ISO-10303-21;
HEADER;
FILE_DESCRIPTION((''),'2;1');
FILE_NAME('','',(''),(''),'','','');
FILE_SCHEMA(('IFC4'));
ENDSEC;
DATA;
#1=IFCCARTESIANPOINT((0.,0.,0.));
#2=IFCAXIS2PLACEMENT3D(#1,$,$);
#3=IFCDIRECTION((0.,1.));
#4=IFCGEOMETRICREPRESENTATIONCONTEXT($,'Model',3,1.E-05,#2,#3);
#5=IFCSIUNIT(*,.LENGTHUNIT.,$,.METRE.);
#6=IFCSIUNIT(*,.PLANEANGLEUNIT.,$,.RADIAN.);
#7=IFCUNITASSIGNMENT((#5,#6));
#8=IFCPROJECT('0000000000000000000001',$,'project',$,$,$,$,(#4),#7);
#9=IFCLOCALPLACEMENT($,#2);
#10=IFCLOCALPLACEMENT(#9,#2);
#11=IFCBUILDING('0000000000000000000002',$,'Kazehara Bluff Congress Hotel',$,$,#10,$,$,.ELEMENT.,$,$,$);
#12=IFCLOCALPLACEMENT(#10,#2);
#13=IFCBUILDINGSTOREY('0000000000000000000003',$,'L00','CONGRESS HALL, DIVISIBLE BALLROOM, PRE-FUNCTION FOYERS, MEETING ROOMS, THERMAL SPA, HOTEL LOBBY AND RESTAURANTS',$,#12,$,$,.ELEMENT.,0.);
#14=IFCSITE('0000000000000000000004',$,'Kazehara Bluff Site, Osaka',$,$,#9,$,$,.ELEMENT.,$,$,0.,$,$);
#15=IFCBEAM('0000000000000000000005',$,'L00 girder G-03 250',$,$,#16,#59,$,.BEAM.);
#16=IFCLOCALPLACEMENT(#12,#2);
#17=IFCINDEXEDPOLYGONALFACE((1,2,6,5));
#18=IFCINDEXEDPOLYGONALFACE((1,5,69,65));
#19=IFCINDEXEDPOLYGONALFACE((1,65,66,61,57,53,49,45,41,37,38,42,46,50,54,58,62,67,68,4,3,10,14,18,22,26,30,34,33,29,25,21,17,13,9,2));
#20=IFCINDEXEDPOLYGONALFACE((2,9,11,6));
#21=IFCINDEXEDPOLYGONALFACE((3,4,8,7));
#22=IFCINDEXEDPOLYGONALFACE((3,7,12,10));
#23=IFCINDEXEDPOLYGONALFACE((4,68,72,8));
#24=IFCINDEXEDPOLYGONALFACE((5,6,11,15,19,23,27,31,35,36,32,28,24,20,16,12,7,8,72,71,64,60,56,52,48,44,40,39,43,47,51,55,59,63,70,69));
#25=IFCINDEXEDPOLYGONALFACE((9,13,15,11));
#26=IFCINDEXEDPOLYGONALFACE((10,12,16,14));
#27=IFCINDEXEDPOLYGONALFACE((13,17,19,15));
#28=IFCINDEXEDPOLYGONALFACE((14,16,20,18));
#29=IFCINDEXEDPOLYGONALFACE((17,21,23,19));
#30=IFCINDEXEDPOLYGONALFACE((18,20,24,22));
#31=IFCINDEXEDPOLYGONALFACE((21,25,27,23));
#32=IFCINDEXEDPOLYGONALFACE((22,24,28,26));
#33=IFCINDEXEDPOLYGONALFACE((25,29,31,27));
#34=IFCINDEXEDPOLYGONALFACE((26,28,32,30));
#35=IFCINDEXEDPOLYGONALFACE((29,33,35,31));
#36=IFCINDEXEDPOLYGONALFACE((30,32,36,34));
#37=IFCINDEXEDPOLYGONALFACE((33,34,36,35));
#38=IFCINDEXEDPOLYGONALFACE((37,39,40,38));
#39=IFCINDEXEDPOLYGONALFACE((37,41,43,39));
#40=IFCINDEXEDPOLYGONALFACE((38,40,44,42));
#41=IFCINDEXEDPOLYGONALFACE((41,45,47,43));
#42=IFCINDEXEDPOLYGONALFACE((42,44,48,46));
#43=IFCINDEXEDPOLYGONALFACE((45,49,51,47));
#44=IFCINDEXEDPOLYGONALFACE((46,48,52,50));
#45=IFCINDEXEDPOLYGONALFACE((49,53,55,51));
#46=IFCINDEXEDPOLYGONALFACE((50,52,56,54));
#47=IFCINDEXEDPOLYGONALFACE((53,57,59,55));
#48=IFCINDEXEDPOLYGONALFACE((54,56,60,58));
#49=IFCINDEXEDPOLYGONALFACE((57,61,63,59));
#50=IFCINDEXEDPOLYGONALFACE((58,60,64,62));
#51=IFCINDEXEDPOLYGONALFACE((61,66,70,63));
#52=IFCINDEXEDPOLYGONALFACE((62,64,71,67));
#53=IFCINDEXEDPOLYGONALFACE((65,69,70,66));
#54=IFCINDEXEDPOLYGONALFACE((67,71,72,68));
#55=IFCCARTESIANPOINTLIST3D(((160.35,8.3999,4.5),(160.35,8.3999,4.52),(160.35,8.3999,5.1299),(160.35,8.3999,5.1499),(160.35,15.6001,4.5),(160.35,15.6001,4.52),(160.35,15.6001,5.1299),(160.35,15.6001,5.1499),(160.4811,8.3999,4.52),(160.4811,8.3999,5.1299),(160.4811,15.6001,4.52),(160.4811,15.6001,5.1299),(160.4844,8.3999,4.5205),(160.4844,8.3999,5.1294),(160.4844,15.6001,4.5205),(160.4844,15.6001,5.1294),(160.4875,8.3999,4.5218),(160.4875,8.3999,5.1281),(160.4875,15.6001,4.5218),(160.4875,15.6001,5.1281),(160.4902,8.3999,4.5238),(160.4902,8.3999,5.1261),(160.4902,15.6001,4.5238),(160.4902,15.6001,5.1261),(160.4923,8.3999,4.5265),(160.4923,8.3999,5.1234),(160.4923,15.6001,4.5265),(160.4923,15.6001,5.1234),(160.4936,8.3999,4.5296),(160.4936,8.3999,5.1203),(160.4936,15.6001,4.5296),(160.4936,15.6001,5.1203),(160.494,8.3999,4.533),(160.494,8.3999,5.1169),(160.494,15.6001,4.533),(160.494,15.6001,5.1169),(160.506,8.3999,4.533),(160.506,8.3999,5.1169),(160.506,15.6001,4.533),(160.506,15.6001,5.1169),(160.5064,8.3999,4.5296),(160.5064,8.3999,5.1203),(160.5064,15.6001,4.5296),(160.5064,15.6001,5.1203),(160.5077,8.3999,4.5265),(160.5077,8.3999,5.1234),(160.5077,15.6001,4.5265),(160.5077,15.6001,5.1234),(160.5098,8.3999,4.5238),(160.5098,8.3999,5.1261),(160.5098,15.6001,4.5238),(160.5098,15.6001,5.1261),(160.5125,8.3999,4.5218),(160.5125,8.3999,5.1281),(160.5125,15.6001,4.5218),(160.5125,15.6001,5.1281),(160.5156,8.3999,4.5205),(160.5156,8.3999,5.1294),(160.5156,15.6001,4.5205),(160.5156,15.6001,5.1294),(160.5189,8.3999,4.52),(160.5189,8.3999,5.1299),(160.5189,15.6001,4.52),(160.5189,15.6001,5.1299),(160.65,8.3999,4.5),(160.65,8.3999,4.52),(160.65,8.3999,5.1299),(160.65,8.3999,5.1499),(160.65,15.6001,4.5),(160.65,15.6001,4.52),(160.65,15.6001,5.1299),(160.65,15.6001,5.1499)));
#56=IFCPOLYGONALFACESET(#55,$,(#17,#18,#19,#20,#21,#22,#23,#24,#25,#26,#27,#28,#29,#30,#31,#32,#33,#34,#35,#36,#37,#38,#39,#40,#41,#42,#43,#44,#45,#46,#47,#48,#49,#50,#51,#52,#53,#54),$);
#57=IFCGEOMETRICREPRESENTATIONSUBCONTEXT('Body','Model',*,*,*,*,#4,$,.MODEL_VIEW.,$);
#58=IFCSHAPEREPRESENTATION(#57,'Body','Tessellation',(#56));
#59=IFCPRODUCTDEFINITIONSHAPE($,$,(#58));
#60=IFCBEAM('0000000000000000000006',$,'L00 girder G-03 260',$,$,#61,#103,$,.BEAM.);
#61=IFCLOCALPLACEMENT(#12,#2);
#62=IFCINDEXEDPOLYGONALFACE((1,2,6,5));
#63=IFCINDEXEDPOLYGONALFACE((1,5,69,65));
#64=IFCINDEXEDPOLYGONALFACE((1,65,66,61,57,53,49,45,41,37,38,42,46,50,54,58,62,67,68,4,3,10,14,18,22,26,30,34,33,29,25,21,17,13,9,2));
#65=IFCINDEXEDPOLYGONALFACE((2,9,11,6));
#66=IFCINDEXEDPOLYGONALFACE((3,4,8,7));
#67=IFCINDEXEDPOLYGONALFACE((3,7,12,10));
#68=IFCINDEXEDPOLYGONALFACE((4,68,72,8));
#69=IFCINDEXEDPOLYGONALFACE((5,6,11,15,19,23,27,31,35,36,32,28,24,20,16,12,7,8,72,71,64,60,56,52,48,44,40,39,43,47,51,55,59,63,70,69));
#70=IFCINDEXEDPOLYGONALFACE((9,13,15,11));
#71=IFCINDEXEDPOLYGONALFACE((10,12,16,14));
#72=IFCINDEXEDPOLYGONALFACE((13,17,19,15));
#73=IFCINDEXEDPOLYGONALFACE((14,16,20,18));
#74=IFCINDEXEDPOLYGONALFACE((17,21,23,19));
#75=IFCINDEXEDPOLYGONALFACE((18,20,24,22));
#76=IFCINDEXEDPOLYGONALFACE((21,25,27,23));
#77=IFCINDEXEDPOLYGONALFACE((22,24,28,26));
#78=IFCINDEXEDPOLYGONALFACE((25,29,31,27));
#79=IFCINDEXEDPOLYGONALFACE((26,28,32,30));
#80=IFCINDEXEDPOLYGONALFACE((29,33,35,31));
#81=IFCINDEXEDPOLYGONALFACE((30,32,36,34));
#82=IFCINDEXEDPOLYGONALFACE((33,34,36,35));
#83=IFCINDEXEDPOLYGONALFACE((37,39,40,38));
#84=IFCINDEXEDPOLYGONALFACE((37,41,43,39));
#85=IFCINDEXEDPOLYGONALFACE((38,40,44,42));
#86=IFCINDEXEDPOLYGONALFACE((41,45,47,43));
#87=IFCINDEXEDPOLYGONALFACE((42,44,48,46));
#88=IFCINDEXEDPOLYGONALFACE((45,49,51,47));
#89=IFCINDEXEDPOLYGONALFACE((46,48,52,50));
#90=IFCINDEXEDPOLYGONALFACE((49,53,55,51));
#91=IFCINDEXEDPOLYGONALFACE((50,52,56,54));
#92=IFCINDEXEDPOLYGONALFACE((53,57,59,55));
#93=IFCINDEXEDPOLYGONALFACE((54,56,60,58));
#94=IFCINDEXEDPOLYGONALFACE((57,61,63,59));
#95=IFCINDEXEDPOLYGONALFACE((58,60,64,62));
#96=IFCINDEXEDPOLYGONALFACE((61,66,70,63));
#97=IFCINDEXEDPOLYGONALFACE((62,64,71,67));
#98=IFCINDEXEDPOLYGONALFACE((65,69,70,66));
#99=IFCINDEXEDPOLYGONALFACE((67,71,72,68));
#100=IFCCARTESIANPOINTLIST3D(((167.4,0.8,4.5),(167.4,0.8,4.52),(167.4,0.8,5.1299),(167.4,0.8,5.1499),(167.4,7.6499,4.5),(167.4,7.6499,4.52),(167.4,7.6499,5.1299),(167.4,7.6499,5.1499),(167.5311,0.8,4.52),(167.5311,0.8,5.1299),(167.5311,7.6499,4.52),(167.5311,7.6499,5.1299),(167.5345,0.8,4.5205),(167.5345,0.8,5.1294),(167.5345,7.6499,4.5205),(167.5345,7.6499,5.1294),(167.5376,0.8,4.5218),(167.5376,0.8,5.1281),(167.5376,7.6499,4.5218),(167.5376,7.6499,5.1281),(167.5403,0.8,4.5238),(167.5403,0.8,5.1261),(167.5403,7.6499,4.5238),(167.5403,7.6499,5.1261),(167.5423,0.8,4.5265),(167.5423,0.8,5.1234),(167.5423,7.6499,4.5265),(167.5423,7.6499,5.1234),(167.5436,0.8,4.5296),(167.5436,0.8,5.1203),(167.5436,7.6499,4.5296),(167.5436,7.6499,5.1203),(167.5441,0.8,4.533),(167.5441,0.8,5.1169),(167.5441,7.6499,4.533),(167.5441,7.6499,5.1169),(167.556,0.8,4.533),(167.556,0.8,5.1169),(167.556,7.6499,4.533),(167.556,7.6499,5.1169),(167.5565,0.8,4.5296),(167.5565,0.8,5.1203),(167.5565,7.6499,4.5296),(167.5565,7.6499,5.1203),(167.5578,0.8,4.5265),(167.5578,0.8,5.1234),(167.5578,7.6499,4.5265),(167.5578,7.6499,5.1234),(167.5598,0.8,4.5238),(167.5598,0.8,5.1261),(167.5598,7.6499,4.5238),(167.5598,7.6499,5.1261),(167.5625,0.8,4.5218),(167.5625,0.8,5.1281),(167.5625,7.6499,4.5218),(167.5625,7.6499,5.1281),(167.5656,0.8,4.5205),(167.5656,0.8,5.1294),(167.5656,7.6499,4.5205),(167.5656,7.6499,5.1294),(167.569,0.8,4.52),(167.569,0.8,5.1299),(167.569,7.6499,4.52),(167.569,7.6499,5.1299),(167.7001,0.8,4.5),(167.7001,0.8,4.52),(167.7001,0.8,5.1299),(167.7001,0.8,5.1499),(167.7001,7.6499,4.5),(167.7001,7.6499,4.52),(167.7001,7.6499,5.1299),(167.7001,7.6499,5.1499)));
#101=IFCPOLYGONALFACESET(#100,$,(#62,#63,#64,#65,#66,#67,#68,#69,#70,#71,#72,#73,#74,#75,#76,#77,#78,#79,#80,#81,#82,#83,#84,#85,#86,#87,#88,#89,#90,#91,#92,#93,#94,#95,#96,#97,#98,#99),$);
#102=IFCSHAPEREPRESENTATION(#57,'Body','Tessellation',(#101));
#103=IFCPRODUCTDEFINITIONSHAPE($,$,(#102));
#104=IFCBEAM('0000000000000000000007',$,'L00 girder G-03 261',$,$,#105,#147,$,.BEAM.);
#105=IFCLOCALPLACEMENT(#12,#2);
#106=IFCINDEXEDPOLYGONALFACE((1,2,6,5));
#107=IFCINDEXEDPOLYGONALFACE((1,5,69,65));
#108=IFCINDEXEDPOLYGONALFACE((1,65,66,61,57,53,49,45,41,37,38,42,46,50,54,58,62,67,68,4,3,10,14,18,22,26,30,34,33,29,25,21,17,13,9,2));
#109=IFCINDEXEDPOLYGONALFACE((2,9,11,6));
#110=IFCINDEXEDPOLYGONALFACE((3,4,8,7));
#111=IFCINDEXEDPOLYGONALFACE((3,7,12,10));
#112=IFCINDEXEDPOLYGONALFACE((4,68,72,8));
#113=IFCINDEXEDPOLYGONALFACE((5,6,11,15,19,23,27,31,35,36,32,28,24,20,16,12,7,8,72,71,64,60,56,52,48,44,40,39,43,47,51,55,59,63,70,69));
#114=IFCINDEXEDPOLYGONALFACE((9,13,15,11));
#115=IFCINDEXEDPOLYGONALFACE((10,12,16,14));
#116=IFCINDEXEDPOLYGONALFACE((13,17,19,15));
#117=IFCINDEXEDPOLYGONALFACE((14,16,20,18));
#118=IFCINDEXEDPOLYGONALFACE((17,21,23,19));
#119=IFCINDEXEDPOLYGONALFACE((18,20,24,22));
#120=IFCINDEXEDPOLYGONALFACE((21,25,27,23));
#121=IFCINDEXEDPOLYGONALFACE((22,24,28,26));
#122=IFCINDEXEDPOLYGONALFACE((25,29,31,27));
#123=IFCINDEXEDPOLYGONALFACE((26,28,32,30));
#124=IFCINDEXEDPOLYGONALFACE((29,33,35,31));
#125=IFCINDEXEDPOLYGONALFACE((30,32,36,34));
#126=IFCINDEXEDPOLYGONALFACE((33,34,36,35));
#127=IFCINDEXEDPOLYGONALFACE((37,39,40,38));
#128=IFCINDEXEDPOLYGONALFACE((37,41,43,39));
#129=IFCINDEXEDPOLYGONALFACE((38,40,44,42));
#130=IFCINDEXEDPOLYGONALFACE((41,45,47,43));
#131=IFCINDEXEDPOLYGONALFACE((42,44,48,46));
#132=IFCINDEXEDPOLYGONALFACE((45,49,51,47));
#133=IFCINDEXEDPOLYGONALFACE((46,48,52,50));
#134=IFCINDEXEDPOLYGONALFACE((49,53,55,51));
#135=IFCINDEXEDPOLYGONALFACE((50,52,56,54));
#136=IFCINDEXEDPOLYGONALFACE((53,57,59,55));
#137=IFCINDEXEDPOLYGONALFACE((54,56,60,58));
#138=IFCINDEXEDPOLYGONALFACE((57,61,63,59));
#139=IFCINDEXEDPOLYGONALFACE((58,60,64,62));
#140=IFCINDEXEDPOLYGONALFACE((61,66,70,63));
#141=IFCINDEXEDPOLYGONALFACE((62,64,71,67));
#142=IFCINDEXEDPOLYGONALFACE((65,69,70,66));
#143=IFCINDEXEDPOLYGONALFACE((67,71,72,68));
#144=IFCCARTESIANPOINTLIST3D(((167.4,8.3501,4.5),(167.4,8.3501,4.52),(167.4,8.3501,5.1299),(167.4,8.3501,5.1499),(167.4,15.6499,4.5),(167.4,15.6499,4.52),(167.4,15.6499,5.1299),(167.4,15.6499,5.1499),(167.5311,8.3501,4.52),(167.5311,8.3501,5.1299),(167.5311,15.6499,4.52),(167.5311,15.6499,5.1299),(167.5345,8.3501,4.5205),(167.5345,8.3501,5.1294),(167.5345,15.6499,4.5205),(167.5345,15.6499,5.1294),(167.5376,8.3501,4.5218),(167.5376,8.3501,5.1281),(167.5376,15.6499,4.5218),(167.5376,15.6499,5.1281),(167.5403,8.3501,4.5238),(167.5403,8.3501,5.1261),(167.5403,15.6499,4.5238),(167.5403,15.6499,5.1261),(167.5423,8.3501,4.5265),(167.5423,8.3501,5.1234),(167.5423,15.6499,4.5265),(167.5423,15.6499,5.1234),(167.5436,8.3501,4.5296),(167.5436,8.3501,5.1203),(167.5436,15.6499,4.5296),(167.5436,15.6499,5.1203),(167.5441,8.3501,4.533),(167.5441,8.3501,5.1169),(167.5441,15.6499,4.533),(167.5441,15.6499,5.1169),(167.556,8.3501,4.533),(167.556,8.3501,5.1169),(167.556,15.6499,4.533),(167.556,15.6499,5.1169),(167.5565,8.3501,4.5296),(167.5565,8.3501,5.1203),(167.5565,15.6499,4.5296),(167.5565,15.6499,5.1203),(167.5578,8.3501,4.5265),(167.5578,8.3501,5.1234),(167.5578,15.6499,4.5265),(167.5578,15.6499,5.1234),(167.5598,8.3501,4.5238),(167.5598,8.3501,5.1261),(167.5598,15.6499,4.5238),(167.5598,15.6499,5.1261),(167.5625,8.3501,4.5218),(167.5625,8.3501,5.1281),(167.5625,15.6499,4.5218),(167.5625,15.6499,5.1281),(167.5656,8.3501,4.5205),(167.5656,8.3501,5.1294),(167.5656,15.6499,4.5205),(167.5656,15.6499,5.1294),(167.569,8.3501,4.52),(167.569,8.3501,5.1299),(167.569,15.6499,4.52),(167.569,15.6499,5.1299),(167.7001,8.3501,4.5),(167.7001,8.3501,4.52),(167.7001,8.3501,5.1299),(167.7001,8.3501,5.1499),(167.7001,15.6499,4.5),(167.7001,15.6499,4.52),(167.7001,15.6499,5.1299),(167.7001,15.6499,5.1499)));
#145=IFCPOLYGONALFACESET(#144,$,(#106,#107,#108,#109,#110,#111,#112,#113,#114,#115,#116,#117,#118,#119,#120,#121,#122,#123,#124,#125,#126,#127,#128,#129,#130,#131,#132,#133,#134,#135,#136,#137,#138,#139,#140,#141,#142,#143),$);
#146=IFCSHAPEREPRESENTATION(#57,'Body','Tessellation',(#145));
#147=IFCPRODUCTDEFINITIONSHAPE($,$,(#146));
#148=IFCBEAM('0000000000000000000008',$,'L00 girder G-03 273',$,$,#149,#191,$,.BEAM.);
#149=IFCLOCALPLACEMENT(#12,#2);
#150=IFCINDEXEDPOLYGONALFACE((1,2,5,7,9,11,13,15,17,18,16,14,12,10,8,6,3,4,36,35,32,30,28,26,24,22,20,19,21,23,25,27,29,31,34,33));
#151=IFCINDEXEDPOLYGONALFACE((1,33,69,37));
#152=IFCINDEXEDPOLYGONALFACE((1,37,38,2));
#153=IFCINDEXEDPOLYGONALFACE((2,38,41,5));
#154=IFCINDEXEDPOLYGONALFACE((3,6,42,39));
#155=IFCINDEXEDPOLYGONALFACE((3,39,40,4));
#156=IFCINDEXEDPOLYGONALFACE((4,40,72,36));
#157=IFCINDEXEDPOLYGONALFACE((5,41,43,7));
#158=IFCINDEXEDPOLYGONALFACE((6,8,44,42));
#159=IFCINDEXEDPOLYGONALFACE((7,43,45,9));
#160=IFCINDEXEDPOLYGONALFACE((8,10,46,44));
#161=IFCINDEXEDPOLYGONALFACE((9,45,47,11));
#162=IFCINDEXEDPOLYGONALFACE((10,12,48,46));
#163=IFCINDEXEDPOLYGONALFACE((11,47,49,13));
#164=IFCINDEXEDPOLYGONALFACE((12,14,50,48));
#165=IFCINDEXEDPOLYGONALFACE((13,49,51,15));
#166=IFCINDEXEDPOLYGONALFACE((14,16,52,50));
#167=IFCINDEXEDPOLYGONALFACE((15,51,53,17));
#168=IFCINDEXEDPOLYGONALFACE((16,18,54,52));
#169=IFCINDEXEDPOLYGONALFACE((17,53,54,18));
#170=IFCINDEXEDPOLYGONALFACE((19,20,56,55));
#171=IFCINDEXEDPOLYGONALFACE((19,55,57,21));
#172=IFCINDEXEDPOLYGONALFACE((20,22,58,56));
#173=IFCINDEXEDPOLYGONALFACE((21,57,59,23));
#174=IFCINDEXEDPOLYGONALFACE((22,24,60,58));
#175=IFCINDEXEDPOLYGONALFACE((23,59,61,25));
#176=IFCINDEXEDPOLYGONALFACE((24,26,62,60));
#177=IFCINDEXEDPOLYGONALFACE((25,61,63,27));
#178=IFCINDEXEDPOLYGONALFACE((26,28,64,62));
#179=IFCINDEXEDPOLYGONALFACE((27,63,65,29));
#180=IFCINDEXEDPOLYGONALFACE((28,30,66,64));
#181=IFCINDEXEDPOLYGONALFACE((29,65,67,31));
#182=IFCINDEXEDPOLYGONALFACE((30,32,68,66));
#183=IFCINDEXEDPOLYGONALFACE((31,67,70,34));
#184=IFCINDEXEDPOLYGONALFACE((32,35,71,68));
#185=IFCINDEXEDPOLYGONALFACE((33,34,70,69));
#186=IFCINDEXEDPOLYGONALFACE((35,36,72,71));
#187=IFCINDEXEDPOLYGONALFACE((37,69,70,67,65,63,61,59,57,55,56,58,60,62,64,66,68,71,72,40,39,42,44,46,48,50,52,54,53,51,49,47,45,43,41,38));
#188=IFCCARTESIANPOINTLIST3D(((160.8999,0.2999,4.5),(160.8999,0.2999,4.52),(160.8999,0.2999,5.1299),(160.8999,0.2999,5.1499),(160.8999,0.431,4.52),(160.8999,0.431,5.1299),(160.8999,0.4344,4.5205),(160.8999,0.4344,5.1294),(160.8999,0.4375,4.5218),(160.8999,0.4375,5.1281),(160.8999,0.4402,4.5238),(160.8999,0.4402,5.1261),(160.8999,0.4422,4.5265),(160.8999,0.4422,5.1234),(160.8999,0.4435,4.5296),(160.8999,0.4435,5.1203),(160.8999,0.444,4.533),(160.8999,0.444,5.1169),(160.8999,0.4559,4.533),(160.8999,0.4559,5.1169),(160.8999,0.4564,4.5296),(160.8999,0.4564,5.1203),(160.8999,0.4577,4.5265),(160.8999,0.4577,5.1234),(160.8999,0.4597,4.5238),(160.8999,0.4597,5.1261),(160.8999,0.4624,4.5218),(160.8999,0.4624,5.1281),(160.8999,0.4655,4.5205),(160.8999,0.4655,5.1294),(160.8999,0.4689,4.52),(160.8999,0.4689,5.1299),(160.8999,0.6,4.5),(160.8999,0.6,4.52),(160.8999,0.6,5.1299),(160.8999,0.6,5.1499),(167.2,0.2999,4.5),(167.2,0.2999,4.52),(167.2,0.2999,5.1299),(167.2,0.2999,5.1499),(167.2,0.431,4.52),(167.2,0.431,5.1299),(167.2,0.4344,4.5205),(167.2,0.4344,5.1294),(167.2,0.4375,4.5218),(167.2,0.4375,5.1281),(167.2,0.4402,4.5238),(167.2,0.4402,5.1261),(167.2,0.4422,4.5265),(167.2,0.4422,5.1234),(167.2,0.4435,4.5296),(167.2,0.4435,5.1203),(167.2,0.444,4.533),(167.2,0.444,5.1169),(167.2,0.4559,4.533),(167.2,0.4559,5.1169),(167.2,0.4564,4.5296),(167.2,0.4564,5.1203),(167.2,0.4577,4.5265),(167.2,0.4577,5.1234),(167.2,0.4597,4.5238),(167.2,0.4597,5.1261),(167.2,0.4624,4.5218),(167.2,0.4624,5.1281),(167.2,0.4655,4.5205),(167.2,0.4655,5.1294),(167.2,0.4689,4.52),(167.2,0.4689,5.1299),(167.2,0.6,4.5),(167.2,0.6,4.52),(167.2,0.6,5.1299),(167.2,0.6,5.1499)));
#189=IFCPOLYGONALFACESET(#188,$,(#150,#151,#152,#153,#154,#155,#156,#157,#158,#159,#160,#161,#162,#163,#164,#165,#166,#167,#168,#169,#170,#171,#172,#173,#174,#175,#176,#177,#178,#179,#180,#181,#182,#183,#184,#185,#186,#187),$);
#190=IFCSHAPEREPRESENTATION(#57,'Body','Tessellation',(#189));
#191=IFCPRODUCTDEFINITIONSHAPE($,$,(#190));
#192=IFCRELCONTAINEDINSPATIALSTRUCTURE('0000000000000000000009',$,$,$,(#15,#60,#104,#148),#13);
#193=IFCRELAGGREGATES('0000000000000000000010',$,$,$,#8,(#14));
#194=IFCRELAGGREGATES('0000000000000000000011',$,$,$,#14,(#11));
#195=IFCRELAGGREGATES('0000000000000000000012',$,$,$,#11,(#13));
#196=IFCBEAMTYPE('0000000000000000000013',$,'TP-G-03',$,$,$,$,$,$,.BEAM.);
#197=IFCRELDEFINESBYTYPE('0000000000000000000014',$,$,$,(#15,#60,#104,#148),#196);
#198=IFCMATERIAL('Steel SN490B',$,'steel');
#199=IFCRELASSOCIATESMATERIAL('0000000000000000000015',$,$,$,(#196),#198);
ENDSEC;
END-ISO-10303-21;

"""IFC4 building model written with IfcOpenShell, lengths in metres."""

from ifc_helpers import new_model, si_unit, direction, frame, origin, origin_2d, place, context, subcontext, project, spatial, i_section, extrude, material, material_profile, profile_set, type_object, element, save


model = new_model("IFC4")

# Units and contexts
model_context = context("Model", 3, precision=1e-05, world=origin(), true_north=direction((0.0, 1.0)))
body_context = subcontext(model_context, "Body", "Model", "MODEL_VIEW")
ifc_project = project(units=[si_unit("LENGTHUNIT", "METRE"), si_unit("PLANEANGLEUNIT", "RADIAN")], contexts=[model_context])

# Site, building, storey
site_placement = place(None, origin())
site = spatial("IfcSite", under=ifc_project, at=site_placement, Name="Kazehara Bluff Site, Osaka", CompositionType="ELEMENT", RefElevation=0.0)
building_placement = place(site_placement, origin())
building = spatial("IfcBuilding", under=site, at=building_placement, Name="Kazehara Bluff Congress Hotel", CompositionType="ELEMENT")
storey_placement = place(building_placement, origin())
storey = spatial("IfcBuildingStorey", under=building, at=storey_placement, Name="L00", Description="CONGRESS HALL, DIVISIBLE BALLROOM, PRE-FUNCTION FOYERS, MEETING ROOMS, THERMAL SPA, HOTEL LOBBY AND RESTAURANTS", CompositionType="ELEMENT", Elevation=0.0)

# Beams
ifc_material_1 = material(Name="Steel SN490B", Category="steel")
ifc_material_profile_1 = material_profile(ifc_material_1, i_section(OverallWidth=0.3, OverallDepth=0.6499, WebThickness=0.012, FlangeThickness=0.02, FilletRadius=0.0129, at=origin_2d()))
ifc_profile_set_1 = profile_set([ifc_material_profile_1], Name="Steel SN490B")
beam_type_1 = type_object("IfcBeamType", Name="TP-G-03", PredefinedType="BEAM", material=ifc_profile_set_1)
beam_1_placement = place(storey_placement, frame((160.5, 8.3999, 4.825), z_axis=(0.0, 1.0, 0.0), x_axis=(-1.0, 0.0, 0.0)))
element("IfcBeam", 1, at=beam_1_placement, inside=storey, type_object=beam_type_1, Name="L00 girder G-03 250", PredefinedType="BEAM", context=body_context, shape_type="SweptSolid", body=[
    extrude(i_section(OverallWidth=0.3, OverallDepth=0.6499, WebThickness=0.012, FlangeThickness=0.02, FilletRadius=0.0129, at=origin_2d()), origin(), (0.0, 0.0, 1.0), 7.2002),
])
beam_2_placement = place(storey_placement, frame((167.55, 0.8, 4.825), z_axis=(0.0, 1.0, 0.0), x_axis=(-1.0, 0.0, 0.0)))
element("IfcBeam", 2, at=beam_2_placement, inside=storey, type_object=beam_type_1, Name="L00 girder G-03 260", PredefinedType="BEAM", context=body_context, shape_type="SweptSolid", body=[
    extrude(i_section(OverallWidth=0.3, OverallDepth=0.6499, WebThickness=0.012, FlangeThickness=0.02, FilletRadius=0.0129, at=origin_2d()), origin(), (0.0, 0.0, 1.0), 6.8499),
])
beam_3_placement = place(storey_placement, frame((167.55, 8.3501, 4.825), z_axis=(0.0, 1.0, 0.0), x_axis=(-1.0, 0.0, 0.0)))
element("IfcBeam", 3, at=beam_3_placement, inside=storey, type_object=beam_type_1, Name="L00 girder G-03 261", PredefinedType="BEAM", context=body_context, shape_type="SweptSolid", body=[
    extrude(i_section(OverallWidth=0.3, OverallDepth=0.6499, WebThickness=0.012, FlangeThickness=0.02, FilletRadius=0.0129, at=origin_2d()), origin(), (0.0, 0.0, 1.0), 7.2998),
])
for number, where, z_axis, x_axis, name in (
    (4, (160.8999, 0.45, 4.825), (1.0, 0.0, 0.0), (0.0, 1.0, 0.0), "L00 girder G-03 273"),
):
    element("IfcBeam", number, at=place(storey_placement, frame(where, z_axis=z_axis, x_axis=x_axis)), inside=storey, type_object=beam_type_1, Name=name, PredefinedType="BEAM", context=body_context, shape_type="SweptSolid", body=[
        extrude(i_section(OverallWidth=0.3, OverallDepth=0.6499, WebThickness=0.012, FlangeThickness=0.02, FilletRadius=0.0129, at=origin_2d()), origin(), (0.0, 0.0, 1.0), 6.3),
    ])

save(model, "model.ifc")
